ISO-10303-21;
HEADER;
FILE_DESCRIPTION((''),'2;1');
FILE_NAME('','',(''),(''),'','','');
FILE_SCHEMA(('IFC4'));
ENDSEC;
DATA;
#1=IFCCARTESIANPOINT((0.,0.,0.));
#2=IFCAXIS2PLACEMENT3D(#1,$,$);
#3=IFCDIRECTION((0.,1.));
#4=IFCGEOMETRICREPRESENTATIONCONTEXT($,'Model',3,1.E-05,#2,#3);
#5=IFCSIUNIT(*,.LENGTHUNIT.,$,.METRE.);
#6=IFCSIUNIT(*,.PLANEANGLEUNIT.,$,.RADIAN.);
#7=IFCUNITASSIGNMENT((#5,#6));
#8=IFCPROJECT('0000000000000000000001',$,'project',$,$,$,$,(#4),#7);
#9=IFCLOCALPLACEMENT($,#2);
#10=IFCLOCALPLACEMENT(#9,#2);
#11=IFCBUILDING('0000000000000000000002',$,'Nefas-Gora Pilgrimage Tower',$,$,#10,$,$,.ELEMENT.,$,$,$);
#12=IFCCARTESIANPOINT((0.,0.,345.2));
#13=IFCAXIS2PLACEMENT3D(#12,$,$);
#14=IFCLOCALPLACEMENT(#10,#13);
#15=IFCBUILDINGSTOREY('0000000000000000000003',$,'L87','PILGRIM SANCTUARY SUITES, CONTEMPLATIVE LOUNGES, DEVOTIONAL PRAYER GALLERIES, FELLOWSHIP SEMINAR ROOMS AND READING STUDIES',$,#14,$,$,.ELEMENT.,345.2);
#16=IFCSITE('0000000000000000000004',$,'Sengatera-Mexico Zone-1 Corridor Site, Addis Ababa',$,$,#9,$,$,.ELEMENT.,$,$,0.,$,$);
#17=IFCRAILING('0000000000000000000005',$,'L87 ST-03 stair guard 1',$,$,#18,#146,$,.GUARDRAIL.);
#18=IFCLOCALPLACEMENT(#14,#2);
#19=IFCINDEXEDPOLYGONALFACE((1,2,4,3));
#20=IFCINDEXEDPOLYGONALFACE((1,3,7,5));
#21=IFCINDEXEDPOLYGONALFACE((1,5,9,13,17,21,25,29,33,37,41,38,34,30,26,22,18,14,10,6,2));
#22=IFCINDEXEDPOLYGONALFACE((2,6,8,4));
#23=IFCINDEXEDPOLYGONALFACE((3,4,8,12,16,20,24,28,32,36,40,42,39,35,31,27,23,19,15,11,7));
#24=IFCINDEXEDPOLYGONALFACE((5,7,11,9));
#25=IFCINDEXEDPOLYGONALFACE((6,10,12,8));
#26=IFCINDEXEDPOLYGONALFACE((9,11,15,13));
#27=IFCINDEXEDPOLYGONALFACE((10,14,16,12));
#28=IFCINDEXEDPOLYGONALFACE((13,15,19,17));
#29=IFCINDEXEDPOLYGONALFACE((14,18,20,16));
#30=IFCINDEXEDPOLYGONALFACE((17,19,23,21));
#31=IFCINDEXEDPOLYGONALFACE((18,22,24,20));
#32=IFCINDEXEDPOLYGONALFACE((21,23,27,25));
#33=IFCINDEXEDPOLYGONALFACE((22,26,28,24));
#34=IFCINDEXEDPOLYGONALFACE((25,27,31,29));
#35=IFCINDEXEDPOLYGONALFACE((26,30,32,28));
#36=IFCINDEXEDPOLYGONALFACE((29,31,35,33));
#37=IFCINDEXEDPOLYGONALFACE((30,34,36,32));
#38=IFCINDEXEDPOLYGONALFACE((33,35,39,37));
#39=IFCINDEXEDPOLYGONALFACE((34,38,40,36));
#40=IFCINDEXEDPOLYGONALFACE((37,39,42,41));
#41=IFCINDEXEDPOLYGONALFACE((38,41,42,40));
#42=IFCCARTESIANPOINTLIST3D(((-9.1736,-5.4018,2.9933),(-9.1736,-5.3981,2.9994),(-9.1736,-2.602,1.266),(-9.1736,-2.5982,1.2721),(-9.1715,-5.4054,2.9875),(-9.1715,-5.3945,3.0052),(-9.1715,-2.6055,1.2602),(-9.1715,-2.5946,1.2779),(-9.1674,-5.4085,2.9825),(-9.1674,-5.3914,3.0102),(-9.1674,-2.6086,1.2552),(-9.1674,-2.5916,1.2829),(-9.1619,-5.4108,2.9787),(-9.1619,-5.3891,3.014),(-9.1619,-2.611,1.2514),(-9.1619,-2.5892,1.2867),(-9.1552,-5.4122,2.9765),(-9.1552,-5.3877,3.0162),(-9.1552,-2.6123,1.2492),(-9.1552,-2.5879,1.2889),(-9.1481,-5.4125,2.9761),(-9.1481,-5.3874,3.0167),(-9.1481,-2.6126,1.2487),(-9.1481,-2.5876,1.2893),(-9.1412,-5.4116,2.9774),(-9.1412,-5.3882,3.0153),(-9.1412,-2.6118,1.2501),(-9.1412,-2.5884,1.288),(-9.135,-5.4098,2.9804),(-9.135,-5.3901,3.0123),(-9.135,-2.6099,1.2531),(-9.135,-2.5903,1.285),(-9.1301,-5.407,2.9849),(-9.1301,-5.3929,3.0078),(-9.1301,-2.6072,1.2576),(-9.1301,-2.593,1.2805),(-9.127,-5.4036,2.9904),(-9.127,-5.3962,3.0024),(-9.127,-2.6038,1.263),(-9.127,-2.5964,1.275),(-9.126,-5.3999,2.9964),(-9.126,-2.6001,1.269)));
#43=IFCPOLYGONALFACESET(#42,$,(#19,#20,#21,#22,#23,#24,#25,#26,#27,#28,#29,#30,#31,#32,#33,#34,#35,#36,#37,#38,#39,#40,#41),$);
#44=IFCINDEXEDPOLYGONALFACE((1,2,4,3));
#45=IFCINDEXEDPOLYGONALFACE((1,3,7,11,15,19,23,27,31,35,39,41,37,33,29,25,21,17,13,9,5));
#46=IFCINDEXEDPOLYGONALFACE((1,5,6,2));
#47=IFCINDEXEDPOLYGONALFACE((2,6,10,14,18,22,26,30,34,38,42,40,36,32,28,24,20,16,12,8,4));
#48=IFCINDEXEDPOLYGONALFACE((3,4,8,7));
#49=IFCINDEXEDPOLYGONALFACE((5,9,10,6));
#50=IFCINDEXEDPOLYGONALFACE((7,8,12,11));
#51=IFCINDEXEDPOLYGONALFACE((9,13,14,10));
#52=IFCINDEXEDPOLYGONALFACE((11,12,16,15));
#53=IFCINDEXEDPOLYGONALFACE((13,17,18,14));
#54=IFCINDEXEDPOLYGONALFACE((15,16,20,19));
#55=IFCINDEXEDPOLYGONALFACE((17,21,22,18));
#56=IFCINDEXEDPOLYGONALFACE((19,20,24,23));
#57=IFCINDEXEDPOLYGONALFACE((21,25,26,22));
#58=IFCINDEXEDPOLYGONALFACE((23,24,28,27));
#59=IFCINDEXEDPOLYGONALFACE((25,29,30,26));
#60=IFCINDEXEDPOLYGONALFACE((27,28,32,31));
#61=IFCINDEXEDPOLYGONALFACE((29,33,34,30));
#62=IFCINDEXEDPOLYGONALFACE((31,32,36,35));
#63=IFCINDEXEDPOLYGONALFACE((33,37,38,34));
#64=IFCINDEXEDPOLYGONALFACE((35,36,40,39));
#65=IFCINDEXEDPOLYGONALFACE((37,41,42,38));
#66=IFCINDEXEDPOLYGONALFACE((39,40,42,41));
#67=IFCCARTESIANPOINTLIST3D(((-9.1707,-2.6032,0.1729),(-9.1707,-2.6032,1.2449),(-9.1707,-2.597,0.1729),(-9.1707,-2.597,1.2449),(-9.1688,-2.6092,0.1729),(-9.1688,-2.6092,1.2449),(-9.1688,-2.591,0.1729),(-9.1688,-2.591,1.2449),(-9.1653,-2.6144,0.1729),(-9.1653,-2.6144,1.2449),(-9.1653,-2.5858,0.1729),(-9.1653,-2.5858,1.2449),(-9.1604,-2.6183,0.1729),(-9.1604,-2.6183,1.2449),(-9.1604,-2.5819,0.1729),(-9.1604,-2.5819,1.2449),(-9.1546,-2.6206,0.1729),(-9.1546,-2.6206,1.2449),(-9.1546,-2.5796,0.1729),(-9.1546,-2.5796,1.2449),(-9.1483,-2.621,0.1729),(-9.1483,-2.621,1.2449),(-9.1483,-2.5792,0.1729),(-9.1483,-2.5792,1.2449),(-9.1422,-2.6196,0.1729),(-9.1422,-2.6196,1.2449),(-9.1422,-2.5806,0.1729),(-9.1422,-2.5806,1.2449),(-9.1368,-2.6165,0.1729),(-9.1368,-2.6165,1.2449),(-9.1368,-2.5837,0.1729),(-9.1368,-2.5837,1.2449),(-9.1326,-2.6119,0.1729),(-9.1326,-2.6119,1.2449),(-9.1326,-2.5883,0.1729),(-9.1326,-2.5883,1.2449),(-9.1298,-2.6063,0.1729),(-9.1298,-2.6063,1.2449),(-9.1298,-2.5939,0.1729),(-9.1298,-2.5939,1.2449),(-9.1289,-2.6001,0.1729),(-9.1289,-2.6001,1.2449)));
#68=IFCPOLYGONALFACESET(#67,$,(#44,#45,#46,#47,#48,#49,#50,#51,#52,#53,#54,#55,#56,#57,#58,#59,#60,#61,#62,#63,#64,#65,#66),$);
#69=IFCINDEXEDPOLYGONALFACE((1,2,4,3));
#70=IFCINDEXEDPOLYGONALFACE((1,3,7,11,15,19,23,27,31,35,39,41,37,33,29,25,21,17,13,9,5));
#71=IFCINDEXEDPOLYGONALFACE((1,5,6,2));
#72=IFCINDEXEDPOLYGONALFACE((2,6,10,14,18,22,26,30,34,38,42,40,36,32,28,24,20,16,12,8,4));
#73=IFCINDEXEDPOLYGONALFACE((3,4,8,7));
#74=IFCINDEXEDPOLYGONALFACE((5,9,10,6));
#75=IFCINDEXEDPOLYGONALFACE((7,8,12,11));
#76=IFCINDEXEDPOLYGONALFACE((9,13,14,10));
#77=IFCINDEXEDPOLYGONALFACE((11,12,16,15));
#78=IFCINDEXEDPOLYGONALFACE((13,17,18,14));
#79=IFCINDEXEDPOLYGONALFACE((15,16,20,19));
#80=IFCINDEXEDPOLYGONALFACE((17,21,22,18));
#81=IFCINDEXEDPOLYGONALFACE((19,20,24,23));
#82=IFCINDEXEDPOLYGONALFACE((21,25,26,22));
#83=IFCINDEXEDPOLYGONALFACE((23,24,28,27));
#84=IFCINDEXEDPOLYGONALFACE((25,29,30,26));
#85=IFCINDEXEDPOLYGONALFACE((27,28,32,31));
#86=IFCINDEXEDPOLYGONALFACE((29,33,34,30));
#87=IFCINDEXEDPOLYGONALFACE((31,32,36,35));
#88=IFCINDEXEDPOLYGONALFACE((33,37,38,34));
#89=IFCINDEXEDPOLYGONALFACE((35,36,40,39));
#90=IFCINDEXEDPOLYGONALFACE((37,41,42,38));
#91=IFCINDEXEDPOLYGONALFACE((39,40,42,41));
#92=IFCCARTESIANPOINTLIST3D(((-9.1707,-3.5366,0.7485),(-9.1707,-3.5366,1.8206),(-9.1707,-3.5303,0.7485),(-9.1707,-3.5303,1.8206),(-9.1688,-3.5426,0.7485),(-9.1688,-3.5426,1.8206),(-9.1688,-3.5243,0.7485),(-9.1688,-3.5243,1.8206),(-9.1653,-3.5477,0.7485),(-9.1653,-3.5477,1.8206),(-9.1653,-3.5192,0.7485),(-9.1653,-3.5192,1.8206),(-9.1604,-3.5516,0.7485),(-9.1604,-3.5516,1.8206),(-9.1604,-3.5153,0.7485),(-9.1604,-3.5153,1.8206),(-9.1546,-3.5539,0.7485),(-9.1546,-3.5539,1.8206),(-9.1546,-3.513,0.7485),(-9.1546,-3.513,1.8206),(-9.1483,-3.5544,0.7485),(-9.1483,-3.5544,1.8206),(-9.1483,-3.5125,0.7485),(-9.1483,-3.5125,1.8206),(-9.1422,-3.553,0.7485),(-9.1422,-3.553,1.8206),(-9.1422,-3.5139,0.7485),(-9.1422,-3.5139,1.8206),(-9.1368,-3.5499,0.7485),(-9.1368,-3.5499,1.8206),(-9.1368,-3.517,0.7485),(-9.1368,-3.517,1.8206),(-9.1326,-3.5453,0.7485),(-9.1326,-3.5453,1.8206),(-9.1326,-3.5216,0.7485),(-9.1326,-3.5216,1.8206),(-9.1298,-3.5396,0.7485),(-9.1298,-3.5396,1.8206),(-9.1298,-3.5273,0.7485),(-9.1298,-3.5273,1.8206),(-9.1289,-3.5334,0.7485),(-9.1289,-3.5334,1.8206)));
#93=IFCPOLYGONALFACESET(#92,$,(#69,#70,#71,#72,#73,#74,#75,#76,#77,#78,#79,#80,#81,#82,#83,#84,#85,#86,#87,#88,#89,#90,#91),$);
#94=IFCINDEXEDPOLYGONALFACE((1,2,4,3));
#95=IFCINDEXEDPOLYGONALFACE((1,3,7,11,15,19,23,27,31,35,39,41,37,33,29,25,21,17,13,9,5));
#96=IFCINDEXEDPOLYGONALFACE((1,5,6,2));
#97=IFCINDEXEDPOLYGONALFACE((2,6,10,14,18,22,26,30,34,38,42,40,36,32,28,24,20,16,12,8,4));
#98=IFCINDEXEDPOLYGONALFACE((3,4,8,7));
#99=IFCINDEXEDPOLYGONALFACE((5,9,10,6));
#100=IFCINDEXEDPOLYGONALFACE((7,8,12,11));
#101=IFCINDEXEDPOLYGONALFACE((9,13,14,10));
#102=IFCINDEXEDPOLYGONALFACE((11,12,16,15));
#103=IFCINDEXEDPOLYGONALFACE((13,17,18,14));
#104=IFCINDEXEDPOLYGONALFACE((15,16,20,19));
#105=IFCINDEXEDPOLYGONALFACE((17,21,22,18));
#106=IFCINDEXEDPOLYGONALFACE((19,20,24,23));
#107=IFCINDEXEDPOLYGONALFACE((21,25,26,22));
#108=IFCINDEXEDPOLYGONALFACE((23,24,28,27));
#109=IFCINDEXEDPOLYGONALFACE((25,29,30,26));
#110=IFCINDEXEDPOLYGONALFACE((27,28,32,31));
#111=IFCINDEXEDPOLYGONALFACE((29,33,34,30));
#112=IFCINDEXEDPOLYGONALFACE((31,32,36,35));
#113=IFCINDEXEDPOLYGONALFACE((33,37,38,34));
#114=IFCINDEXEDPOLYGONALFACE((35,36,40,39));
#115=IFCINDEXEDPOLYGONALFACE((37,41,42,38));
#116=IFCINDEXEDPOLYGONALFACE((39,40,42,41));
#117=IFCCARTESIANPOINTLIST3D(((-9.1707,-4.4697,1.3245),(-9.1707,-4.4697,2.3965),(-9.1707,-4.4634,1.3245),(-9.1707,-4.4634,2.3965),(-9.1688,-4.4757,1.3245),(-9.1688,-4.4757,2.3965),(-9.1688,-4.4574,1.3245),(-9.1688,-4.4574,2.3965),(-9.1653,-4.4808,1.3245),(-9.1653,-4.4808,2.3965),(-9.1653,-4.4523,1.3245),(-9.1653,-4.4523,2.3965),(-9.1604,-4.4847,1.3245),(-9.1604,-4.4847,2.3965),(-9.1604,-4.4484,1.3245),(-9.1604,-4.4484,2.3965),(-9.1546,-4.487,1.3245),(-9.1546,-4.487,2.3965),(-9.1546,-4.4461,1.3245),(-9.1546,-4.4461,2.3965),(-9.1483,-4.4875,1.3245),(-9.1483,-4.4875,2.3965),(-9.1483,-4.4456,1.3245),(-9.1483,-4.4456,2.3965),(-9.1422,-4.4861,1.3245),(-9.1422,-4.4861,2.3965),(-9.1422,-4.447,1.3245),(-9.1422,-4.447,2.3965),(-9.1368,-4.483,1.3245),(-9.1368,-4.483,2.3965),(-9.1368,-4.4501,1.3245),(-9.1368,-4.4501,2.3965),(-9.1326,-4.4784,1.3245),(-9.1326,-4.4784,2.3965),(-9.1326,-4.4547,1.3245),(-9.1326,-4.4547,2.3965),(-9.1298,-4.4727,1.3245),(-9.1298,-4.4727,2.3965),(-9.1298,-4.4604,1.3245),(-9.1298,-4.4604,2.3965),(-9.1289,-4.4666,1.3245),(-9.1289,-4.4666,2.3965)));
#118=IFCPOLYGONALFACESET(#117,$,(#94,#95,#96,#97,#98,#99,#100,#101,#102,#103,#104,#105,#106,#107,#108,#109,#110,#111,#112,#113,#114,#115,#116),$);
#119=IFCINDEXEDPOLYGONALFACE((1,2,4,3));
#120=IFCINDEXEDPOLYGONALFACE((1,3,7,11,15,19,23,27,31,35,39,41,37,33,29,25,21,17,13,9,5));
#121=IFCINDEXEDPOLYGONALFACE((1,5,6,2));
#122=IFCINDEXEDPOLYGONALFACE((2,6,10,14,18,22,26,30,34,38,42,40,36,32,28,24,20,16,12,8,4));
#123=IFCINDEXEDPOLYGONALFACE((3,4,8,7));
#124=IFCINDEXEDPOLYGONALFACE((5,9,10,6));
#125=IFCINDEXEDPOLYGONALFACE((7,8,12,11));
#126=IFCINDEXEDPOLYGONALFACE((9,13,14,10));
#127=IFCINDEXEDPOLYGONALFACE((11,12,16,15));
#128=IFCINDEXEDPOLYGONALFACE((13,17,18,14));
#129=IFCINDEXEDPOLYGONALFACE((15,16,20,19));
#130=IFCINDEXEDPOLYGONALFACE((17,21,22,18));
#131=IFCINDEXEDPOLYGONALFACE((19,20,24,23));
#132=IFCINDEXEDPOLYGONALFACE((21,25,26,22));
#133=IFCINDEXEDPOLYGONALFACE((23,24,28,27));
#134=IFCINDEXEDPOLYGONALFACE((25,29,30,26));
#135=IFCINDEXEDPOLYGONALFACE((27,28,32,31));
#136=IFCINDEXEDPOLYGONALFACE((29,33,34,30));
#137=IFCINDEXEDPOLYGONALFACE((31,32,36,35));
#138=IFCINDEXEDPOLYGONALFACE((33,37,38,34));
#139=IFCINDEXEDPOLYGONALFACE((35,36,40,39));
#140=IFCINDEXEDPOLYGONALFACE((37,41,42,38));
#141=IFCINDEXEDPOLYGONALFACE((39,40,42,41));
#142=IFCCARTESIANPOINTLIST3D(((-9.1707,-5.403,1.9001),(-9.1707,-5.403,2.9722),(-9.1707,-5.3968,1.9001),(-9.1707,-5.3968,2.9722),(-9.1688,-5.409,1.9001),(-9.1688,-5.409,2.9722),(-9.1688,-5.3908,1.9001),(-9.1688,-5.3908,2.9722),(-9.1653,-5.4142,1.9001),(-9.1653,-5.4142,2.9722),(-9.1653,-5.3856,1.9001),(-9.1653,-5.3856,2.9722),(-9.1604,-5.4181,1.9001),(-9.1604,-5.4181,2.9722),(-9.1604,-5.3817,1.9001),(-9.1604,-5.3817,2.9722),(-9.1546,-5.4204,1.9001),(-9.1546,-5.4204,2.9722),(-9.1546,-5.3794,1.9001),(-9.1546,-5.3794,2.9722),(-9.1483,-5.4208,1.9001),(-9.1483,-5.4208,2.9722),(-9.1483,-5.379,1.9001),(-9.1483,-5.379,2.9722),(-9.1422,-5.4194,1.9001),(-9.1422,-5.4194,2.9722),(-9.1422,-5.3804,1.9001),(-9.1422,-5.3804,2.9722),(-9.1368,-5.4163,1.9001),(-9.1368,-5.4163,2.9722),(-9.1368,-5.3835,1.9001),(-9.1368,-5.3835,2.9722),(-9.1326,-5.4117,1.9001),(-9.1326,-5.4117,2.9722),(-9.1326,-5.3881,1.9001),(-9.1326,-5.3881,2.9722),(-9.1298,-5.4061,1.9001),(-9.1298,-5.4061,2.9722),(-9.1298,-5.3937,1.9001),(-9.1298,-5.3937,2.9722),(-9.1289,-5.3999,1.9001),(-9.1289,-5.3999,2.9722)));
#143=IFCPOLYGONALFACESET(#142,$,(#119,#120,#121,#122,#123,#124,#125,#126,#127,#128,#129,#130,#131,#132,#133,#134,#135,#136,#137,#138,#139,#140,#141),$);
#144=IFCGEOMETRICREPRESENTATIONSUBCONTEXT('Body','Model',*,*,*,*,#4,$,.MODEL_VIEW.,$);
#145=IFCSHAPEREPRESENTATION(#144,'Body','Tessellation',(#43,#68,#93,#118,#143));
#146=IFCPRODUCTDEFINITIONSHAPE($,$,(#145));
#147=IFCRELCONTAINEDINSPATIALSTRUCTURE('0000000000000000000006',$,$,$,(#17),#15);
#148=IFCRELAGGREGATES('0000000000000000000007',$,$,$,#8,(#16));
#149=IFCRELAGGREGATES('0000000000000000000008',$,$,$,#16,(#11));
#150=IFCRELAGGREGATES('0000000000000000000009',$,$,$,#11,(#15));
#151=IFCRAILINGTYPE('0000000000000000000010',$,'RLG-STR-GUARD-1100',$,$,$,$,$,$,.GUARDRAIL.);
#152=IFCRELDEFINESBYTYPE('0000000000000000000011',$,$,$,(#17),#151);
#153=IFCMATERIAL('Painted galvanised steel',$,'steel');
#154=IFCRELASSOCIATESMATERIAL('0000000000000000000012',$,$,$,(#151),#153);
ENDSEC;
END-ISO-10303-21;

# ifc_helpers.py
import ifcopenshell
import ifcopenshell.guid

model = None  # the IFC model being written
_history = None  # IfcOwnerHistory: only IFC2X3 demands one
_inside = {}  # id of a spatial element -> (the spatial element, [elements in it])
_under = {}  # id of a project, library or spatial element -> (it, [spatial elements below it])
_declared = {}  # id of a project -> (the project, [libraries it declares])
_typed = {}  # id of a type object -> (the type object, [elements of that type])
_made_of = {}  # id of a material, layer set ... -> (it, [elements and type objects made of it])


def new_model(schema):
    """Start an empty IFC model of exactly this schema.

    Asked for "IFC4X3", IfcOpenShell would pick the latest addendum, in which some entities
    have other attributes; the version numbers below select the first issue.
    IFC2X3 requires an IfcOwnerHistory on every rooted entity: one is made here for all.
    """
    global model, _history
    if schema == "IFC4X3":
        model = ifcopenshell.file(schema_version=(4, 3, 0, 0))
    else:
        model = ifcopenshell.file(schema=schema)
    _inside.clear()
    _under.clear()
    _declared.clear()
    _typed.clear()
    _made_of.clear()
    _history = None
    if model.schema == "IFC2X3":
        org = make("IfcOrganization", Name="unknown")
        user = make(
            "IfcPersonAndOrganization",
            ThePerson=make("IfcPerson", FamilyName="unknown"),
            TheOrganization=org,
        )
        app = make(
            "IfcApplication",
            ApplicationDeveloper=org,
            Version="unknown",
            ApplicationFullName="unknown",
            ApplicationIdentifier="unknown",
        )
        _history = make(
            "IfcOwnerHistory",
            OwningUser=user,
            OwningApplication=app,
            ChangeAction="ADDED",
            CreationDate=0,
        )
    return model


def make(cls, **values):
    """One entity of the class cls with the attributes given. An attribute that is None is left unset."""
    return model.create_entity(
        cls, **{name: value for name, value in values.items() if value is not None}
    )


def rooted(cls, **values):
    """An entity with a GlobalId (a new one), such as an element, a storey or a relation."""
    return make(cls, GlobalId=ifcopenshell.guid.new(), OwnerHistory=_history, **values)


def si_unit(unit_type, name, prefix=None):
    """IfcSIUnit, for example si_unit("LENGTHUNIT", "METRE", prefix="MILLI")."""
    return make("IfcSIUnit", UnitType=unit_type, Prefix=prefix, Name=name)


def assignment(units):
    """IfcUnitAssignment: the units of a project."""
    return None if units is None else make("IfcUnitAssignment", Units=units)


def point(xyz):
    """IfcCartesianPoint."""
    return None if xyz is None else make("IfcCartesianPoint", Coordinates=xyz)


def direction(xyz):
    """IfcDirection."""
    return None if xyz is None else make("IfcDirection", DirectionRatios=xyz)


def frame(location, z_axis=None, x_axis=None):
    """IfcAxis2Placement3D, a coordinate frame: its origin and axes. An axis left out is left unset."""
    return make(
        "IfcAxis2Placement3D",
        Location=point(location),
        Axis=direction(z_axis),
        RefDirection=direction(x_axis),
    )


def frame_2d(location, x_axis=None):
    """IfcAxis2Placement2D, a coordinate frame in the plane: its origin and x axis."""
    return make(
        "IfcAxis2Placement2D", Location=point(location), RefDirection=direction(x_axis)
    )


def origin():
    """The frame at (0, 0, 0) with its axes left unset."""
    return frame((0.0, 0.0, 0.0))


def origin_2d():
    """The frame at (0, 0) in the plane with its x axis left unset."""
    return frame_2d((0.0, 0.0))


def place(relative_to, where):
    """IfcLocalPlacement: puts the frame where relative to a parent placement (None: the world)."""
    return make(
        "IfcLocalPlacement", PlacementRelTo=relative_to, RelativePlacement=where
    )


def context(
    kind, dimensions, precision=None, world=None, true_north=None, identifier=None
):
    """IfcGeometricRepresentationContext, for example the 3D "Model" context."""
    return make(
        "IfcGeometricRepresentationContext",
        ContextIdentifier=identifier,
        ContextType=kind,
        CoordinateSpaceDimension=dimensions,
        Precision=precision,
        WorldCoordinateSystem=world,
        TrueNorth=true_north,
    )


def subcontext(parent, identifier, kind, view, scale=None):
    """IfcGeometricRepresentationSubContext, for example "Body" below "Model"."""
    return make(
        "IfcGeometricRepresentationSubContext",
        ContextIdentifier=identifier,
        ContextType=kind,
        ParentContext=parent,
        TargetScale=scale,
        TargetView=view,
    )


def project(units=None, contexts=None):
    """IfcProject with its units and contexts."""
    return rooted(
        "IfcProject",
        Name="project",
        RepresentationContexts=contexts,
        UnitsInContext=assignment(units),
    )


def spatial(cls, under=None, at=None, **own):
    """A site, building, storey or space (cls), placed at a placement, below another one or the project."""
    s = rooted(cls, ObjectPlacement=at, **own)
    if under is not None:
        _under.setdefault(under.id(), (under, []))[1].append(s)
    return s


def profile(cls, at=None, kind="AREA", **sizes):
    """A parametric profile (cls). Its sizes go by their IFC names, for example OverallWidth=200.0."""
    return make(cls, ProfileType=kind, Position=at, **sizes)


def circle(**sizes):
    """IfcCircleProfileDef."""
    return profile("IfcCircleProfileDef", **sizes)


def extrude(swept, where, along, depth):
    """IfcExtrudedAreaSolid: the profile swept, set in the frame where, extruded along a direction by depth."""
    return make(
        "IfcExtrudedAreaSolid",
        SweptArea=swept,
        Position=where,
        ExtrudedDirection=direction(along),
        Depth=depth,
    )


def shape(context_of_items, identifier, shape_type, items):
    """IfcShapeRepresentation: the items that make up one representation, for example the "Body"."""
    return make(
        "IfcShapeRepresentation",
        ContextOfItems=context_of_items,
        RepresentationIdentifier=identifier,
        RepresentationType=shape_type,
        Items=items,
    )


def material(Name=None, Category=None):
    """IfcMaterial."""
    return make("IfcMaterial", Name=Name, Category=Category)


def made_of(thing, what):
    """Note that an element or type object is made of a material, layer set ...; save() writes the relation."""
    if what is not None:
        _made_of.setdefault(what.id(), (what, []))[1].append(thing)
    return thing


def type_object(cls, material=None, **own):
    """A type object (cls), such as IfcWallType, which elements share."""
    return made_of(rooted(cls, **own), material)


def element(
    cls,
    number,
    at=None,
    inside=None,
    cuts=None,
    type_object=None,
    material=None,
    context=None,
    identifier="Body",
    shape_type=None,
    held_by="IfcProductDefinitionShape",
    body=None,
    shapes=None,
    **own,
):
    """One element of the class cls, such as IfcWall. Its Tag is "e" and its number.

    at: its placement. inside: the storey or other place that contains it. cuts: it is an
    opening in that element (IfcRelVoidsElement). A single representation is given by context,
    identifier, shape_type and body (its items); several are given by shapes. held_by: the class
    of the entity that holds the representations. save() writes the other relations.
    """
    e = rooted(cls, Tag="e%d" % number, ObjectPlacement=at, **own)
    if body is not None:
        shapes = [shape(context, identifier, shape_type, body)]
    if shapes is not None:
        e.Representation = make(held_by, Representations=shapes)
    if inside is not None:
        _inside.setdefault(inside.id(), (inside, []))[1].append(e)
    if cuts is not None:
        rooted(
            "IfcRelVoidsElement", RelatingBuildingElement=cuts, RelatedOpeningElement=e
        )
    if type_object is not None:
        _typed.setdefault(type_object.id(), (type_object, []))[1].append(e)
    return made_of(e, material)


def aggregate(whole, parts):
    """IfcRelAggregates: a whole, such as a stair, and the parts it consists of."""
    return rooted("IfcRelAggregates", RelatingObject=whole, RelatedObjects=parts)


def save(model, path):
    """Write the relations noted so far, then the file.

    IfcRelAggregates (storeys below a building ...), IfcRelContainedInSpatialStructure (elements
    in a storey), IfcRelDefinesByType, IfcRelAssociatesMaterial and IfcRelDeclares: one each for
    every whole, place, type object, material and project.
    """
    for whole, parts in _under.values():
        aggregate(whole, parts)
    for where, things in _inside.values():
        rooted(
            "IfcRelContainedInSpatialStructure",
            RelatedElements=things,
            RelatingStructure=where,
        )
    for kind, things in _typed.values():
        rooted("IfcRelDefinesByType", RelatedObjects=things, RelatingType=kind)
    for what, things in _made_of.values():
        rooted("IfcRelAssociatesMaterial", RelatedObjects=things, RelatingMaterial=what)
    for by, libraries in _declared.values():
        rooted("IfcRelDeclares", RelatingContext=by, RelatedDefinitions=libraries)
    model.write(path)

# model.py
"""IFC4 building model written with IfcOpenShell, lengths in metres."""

from ifc_helpers import new_model, si_unit, direction, frame, origin, origin_2d, place, context, subcontext, project, spatial, circle, extrude, material, type_object, element, save


model = new_model("IFC4")

# Units and contexts
model_context = context("Model", 3, precision=1e-05, world=origin(), true_north=direction((0.0, 1.0)))
body_context = subcontext(model_context, "Body", "Model", "MODEL_VIEW")
ifc_project = project(units=[si_unit("LENGTHUNIT", "METRE"), si_unit("PLANEANGLEUNIT", "RADIAN")], contexts=[model_context])

# Site, building, storey
site_placement = place(None, origin())
site = spatial("IfcSite", under=ifc_project, at=site_placement, Name="Sengatera-Mexico Zone-1 Corridor Site, Addis Ababa", CompositionType="ELEMENT", RefElevation=0.0)
building_placement = place(site_placement, origin())
building = spatial("IfcBuilding", under=site, at=building_placement, Name="Nefas-Gora Pilgrimage Tower", CompositionType="ELEMENT")
storey_placement = place(building_placement, frame((0.0, 0.0, 345.2)))
storey = spatial("IfcBuildingStorey", under=building, at=storey_placement, Name="L87", Description="PILGRIM SANCTUARY SUITES, CONTEMPLATIVE LOUNGES, DEVOTIONAL PRAYER GALLERIES, FELLOWSHIP SEMINAR ROOMS AND READING STUDIES", CompositionType="ELEMENT", Elevation=345.2)

# Railing
ifc_material_1 = material(Name="Painted galvanised steel", Category="steel")
railing_type_1 = type_object("IfcRailingType", Name="RLG-STR-GUARD-1100", PredefinedType="GUARDRAIL", material=ifc_material_1)
railing_1_placement = place(storey_placement, frame((-9.1499, -2.6001, 0.1729)))
element("IfcRailing", 1, at=railing_1_placement, inside=storey, type_object=railing_type_1, Name="L87 ST-03 stair guard 1", PredefinedType="GUARDRAIL", context=body_context, shape_type="SweptSolid", body=[
    extrude(circle(Radius=0.0239, at=origin_2d()), frame((0.0, 0.0, 1.0962), z_axis=(0.0, -0.851069, 0.525054), x_axis=(1.0, 0.0, 0.0)), (0.0, 0.0, 1.0), 3.2898),
    extrude(circle(Radius=0.021, at=origin_2d()), origin(), (0.0, 0.0, 1.0), 1.072),
    extrude(circle(Radius=0.021, at=origin_2d()), frame((0.0, -0.9333, 0.5757)), (0.0, 0.0, 1.0), 1.072),
    extrude(circle(Radius=0.021, at=origin_2d()), frame((0.0, -1.8665, 1.1516)), (0.0, 0.0, 1.0), 1.072),
    extrude(circle(Radius=0.021, at=origin_2d()), frame((0.0, -2.7998, 1.7273)), (0.0, 0.0, 1.0), 1.072),
])

save(model, "model.ifc")
